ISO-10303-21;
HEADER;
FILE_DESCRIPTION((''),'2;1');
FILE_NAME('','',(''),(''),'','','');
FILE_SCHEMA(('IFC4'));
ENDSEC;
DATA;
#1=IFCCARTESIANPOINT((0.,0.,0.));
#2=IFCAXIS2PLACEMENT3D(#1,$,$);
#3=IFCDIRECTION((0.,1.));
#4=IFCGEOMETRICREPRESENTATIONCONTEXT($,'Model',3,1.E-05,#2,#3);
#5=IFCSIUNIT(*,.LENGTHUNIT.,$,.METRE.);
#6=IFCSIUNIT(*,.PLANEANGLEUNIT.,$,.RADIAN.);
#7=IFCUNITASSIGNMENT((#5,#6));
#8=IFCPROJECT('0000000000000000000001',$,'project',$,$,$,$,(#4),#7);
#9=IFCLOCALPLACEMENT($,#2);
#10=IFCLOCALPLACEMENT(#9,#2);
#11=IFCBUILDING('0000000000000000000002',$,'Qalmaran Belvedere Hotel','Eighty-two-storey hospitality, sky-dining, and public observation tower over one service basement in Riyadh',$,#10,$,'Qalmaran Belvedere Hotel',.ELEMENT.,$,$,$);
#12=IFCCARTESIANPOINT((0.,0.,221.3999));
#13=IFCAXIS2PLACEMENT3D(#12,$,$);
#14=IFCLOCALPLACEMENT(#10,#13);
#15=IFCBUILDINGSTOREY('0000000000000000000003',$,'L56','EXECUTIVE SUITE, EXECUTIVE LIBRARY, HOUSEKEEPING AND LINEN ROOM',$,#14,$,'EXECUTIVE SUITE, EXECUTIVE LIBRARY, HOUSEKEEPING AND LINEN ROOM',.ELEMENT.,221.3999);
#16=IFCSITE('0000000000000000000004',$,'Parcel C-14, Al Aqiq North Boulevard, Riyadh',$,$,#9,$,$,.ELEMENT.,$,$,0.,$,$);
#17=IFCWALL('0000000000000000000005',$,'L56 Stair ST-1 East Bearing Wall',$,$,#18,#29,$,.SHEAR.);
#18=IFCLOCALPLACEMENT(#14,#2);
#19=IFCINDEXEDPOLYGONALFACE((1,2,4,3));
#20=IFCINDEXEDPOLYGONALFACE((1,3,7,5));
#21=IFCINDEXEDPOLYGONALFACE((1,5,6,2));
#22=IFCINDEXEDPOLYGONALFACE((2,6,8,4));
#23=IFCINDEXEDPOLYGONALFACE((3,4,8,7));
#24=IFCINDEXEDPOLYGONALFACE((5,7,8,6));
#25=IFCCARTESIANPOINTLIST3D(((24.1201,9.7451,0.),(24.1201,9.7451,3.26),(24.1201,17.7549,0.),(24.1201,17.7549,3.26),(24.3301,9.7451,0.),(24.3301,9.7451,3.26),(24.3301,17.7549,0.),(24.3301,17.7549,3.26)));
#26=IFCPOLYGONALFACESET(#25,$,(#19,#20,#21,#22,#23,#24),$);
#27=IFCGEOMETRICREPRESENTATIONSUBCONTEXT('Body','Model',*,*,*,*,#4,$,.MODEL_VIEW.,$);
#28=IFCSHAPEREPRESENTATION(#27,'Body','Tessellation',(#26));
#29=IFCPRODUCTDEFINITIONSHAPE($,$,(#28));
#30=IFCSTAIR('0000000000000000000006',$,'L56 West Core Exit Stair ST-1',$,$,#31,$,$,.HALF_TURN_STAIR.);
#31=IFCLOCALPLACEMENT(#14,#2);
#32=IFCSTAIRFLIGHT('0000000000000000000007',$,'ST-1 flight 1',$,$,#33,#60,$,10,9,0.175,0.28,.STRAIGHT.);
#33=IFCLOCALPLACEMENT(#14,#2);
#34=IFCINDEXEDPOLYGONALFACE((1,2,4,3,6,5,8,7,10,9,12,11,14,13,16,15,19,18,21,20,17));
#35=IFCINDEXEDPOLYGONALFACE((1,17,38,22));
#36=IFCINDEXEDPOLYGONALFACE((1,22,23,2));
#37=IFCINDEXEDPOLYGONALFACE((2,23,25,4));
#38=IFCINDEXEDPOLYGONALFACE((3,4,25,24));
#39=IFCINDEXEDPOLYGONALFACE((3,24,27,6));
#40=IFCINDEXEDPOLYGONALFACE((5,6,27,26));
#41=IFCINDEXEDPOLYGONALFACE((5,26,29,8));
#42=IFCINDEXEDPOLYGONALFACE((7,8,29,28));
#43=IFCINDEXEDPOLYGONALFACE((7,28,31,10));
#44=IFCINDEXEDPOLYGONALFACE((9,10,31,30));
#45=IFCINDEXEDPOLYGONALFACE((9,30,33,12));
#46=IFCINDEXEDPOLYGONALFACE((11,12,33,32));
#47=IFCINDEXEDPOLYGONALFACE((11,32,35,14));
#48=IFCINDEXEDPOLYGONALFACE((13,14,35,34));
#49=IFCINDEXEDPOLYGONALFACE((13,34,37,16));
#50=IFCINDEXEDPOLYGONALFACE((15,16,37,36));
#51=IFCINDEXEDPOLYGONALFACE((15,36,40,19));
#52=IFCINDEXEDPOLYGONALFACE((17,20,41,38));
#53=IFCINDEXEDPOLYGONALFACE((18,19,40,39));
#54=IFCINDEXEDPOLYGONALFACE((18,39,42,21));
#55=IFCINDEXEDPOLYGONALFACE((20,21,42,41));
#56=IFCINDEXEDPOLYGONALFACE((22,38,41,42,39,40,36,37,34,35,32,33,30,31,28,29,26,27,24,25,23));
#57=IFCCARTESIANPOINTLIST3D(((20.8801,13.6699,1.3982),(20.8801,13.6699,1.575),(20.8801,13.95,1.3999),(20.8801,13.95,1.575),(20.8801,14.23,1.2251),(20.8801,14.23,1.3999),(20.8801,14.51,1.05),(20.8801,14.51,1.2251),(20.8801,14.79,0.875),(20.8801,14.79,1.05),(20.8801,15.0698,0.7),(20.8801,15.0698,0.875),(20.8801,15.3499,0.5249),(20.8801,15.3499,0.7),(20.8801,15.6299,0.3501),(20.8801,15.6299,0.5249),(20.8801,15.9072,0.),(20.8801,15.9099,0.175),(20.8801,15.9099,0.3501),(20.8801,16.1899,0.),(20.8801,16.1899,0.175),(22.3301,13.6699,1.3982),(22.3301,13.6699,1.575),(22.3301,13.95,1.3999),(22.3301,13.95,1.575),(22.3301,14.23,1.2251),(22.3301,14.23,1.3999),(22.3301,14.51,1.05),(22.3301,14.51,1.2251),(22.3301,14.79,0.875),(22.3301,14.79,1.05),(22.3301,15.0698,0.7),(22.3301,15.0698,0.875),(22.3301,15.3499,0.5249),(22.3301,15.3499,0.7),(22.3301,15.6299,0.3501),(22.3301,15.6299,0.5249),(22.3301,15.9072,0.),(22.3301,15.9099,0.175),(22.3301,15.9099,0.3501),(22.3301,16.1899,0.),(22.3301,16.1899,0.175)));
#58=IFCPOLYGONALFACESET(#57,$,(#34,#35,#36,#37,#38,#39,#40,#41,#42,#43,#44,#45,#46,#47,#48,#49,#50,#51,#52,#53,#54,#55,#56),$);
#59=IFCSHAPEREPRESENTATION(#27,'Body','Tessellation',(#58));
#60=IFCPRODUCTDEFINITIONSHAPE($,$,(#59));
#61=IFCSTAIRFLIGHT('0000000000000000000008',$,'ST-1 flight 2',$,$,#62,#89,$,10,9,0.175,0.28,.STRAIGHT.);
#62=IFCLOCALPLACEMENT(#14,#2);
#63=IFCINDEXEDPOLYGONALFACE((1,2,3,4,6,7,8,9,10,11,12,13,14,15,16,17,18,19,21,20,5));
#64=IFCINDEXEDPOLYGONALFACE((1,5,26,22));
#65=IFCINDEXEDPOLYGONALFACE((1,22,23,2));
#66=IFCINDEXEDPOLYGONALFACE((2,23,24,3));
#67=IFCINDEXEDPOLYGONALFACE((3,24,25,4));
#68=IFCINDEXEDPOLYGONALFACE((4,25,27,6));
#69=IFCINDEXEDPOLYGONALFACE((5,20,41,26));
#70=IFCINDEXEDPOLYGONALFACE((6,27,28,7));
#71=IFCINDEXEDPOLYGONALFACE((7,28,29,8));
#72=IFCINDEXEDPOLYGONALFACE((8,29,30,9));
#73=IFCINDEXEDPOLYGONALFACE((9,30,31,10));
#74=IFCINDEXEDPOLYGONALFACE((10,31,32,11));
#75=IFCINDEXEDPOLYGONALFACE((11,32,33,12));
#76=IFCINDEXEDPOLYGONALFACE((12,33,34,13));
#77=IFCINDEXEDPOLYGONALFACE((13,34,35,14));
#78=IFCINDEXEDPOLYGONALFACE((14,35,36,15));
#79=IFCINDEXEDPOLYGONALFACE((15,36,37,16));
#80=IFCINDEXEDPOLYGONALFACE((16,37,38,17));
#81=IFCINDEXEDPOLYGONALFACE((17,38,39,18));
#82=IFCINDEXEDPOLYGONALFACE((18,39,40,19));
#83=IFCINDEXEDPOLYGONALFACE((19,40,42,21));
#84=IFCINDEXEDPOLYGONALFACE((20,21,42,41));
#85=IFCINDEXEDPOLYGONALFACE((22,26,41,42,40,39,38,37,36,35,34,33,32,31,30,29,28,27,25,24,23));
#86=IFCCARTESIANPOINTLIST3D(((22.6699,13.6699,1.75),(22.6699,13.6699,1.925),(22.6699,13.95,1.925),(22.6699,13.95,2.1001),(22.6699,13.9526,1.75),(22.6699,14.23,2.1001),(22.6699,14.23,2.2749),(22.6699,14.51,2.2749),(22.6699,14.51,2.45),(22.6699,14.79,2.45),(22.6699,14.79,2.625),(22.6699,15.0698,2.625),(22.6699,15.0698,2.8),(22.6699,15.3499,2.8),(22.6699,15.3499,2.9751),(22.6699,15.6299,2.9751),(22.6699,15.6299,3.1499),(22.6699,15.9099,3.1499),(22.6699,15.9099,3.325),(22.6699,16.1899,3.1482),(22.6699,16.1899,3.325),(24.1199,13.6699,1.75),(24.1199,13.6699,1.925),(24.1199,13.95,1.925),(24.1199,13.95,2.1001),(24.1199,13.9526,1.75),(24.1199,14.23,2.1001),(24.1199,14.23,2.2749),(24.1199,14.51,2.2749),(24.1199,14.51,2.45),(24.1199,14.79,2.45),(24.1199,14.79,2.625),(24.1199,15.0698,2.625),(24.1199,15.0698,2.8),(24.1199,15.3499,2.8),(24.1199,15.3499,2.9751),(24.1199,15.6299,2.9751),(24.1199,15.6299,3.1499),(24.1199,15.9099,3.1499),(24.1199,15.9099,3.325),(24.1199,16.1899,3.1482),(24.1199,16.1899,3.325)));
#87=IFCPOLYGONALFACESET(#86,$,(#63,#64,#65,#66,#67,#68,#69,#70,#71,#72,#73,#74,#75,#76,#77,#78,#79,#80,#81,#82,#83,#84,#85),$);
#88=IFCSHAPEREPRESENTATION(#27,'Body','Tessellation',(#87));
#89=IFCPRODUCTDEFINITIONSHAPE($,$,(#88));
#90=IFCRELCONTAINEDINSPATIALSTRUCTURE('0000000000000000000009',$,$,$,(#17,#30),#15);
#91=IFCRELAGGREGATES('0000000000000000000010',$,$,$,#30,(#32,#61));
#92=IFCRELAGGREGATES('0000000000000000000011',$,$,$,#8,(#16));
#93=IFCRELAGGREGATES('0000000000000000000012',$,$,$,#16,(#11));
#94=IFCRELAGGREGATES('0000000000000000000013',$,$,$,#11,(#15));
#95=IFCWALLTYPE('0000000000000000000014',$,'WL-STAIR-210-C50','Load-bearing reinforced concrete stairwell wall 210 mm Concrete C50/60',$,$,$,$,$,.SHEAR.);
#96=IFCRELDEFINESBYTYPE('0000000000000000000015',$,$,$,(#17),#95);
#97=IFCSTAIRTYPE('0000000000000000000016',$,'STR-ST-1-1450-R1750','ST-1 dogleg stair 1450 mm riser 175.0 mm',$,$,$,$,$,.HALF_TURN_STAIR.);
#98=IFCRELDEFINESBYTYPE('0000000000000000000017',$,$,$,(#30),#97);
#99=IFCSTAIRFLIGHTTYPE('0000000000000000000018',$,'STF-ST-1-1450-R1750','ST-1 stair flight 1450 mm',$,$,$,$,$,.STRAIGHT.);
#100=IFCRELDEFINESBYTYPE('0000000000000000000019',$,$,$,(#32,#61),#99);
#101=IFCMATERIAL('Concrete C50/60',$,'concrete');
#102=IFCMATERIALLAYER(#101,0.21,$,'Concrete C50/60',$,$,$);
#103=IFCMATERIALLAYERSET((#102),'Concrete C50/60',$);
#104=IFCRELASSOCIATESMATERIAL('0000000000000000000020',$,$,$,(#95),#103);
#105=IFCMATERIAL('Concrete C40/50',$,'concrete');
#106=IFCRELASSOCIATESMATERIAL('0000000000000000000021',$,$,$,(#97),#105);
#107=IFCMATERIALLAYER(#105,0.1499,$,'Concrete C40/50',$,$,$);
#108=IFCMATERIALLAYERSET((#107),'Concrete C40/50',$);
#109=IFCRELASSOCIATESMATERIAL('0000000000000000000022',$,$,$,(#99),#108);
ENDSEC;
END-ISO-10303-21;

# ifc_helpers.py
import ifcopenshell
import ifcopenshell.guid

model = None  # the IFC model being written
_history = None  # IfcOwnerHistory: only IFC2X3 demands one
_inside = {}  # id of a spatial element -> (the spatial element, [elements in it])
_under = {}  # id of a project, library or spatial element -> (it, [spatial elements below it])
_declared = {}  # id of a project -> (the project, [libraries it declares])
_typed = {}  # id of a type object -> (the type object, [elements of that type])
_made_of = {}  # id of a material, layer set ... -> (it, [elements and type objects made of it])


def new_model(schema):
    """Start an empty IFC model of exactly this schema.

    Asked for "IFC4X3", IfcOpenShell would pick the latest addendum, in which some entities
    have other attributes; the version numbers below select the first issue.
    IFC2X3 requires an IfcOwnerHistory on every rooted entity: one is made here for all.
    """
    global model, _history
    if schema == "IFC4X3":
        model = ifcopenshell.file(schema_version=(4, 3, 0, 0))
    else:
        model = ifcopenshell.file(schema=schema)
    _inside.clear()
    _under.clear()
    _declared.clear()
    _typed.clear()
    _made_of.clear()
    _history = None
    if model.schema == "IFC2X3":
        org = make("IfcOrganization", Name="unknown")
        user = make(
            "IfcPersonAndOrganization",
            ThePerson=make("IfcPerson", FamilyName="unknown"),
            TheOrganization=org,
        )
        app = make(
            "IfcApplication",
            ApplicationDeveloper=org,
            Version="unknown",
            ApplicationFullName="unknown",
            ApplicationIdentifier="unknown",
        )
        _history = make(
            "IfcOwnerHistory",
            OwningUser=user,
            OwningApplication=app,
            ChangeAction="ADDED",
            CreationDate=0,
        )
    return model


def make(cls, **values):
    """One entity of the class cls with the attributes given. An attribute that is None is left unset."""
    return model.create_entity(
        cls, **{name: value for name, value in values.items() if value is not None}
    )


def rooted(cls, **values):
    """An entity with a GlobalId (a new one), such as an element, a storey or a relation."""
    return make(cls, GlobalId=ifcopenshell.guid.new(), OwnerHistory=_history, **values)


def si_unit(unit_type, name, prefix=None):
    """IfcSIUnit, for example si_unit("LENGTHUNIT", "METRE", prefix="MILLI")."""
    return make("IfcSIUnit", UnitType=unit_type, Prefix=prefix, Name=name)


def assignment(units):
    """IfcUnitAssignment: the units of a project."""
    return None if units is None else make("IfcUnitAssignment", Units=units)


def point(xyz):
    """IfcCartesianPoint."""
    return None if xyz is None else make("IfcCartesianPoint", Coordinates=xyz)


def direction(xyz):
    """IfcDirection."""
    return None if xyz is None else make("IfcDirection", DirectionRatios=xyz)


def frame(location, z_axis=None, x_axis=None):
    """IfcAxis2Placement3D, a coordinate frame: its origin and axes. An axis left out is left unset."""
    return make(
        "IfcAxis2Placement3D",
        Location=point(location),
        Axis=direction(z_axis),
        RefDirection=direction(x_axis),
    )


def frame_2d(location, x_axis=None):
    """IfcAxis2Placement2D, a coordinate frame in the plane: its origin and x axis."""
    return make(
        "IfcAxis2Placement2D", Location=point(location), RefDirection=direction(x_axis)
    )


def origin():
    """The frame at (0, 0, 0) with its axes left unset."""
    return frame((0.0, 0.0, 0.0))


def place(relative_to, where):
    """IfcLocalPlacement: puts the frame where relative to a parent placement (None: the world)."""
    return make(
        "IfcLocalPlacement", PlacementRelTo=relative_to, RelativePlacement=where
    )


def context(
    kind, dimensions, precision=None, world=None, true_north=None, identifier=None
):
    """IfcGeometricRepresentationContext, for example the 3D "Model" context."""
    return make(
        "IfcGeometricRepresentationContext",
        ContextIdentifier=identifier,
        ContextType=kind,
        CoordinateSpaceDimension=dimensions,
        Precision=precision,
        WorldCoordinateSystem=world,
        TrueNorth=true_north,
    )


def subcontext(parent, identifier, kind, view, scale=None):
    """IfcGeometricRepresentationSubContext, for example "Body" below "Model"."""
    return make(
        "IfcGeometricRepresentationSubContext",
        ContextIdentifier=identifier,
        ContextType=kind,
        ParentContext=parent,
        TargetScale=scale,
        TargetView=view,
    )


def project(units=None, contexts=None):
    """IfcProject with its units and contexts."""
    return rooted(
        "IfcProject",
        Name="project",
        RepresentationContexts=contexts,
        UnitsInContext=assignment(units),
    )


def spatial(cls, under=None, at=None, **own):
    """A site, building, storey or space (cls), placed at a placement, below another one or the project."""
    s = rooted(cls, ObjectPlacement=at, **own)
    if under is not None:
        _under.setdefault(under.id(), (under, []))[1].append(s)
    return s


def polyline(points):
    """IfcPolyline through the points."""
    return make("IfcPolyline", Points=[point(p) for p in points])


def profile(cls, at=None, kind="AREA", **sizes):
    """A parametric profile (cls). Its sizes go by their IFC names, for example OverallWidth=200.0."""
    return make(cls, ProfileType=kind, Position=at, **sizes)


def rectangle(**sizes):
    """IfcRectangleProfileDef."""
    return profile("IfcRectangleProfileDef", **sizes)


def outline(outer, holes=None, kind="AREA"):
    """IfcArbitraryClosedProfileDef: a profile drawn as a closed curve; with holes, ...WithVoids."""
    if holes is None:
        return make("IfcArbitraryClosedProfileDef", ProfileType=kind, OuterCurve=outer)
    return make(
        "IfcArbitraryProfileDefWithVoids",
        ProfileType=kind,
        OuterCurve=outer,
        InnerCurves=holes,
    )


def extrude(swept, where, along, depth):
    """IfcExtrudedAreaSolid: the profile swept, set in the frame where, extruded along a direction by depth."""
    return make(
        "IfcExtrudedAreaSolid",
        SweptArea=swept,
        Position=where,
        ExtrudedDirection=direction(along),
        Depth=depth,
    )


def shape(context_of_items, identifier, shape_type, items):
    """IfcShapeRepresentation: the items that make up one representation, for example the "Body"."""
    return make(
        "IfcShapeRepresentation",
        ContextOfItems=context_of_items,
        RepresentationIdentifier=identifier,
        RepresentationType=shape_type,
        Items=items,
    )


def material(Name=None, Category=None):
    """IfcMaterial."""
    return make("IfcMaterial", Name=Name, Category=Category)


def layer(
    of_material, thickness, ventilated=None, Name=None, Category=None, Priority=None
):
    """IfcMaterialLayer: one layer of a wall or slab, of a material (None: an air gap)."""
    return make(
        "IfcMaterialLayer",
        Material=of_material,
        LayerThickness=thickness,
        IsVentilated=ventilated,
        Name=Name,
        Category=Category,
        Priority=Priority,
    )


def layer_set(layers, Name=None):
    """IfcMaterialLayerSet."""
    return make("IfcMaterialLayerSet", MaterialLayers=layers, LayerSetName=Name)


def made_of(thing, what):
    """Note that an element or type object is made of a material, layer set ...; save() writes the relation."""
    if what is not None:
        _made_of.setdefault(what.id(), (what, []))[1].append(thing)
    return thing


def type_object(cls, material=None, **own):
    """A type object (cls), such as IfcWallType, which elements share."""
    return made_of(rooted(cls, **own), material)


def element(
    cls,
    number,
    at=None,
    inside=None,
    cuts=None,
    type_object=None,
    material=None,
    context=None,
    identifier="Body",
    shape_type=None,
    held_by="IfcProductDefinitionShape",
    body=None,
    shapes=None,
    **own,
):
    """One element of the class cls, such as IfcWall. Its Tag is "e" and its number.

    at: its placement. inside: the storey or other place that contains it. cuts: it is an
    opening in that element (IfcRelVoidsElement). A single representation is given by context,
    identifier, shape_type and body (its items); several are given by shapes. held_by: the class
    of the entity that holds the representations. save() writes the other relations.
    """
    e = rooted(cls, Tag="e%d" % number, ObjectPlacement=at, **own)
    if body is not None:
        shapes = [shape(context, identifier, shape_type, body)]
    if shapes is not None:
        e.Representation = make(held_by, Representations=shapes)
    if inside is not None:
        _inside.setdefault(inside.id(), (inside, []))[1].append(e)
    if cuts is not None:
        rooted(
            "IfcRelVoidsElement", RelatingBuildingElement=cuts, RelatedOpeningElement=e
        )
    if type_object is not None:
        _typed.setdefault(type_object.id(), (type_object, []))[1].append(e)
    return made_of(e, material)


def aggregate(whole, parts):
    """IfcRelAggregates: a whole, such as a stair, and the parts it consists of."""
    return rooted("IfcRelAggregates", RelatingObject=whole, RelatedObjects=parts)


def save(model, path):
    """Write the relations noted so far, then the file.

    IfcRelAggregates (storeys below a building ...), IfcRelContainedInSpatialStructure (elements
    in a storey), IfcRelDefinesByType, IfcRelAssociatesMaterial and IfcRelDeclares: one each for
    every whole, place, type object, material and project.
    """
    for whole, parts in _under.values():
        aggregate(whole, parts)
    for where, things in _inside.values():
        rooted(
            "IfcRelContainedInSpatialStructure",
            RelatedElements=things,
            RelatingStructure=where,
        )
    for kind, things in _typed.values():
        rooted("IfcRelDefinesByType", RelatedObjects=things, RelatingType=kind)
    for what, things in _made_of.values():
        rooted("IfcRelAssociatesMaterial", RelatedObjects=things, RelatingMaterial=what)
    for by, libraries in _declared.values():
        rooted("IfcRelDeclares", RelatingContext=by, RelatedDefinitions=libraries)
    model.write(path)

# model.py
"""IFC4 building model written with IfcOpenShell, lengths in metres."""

from ifc_helpers import new_model, si_unit, direction, frame, frame_2d, origin, place, context, subcontext, project, spatial, polyline, rectangle, outline, extrude, material, layer, layer_set, type_object, element, aggregate, save


model = new_model("IFC4")

# Units and contexts
model_context = context("Model", 3, precision=1e-05, world=origin(), true_north=direction((0.0, 1.0)))
body_context = subcontext(model_context, "Body", "Model", "MODEL_VIEW")
ifc_project = project(units=[si_unit("LENGTHUNIT", "METRE"), si_unit("PLANEANGLEUNIT", "RADIAN")], contexts=[model_context])

# Site, building, storey
site_placement = place(None, origin())
site = spatial("IfcSite", under=ifc_project, at=site_placement, Name="Parcel C-14, Al Aqiq North Boulevard, Riyadh", CompositionType="ELEMENT", RefElevation=0.0)
building_placement = place(site_placement, origin())
building = spatial("IfcBuilding", under=site, at=building_placement, Name="Qalmaran Belvedere Hotel", Description="Eighty-two-storey hospitality, sky-dining, and public observation tower over one service basement in Riyadh", LongName="Qalmaran Belvedere Hotel", CompositionType="ELEMENT")
storey_placement = place(building_placement, frame((0.0, 0.0, 221.3999)))
storey = spatial("IfcBuildingStorey", under=building, at=storey_placement, Name="L56", Description="EXECUTIVE SUITE, EXECUTIVE LIBRARY, HOUSEKEEPING AND LINEN ROOM", LongName="EXECUTIVE SUITE, EXECUTIVE LIBRARY, HOUSEKEEPING AND LINEN ROOM", CompositionType="ELEMENT", Elevation=221.3999)

# Shared definitions
ifc_material_1 = material(Name="Concrete C50/60", Category="concrete")

# Wall
ifc_layer_1 = layer(ifc_material_1, 0.21, Name="Concrete C50/60")
ifc_layer_set_1 = layer_set([ifc_layer_1], Name="Concrete C50/60")
wall_type_1 = type_object("IfcWallType", Name="WL-STAIR-210-C50", Description="Load-bearing reinforced concrete stairwell wall 210 mm Concrete C50/60", PredefinedType="SHEAR", material=ifc_layer_set_1)
wall_1_placement = place(storey_placement, frame((24.2251, 9.7451, 0.0), z_axis=(0.0, 0.0, 1.0), x_axis=(0.0, 1.0, 0.0)))
element("IfcWall", 1, at=wall_1_placement, inside=storey, type_object=wall_type_1, Name="L56 Stair ST-1 East Bearing Wall", PredefinedType="SHEAR", context=body_context, shape_type="SweptSolid", body=[
    extrude(rectangle(XDim=8.0098, YDim=0.21, at=frame_2d((4.0049, 0.0))), origin(), (0.0, 0.0, 1.0), 3.26),
])

# Stair, stair flights
ifc_material_2 = material(Name="Concrete C40/50", Category="concrete")
stair_type = type_object("IfcStairType", Name="STR-ST-1-1450-R1750", Description="ST-1 dogleg stair 1450 mm riser 175.0 mm", PredefinedType="HALF_TURN_STAIR", material=ifc_material_2)
stair_placement = place(storey_placement, origin())
stair = element("IfcStair", 2, at=stair_placement, inside=storey, type_object=stair_type, Name="L56 West Core Exit Stair ST-1", PredefinedType="HALF_TURN_STAIR")
ifc_layer_2 = layer(ifc_material_2, 0.1499, Name="Concrete C40/50")
ifc_layer_set_2 = layer_set([ifc_layer_2], Name="Concrete C40/50")
stair_flight_type = type_object("IfcStairFlightType", Name="STF-ST-1-1450-R1750", Description="ST-1 stair flight 1450 mm", PredefinedType="STRAIGHT", material=ifc_layer_set_2)
stair_flight_1_placement = place(storey_placement, frame((21.605, 16.1899, 0.0), z_axis=(0.0, 0.0, 1.0), x_axis=(0.0, -1.0, 0.0)))
stair_flight_1 = element("IfcStairFlight", 3, at=stair_flight_1_placement, type_object=stair_flight_type, Name="ST-1 flight 1", NumberOfRisers=10, NumberOfTreads=9, PredefinedType="STRAIGHT", RiserHeight=0.175, TreadLength=0.28, context=body_context, shape_type="SweptSolid", body=[
    extrude(outline(polyline([(0.0, 0.0), (0.0, 0.175), (0.28, 0.175), (0.28, 0.3501), (0.5601, 0.3501), (0.5601, 0.5249), (0.8401, 0.5249), (0.8401, 0.7), (1.1201, 0.7), (1.1201, 0.875), (1.3999, 0.875), (1.3999, 1.05), (1.6799, 1.05), (1.6799, 1.2251), (1.96, 1.2251), (1.96, 1.3999), (2.24, 1.3999), (2.24, 1.575), (2.52, 1.575), (2.52, 1.75), (2.52, 1.3982), (0.2827, 0.0), (0.0, 0.0)])), frame((0.0, 0.7251, 0.0), z_axis=(0.0, -1.0, 0.0), x_axis=(1.0, 0.0, 0.0)), (0.0, 0.0, 1.0), 1.45),
])
stair_flight_2_placement = place(storey_placement, frame((23.395, 13.6699, 1.75), z_axis=(0.0, 0.0, 1.0), x_axis=(0.0, 1.0, 0.0)))
stair_flight_2 = element("IfcStairFlight", 4, at=stair_flight_2_placement, type_object=stair_flight_type, Name="ST-1 flight 2", NumberOfRisers=10, NumberOfTreads=9, PredefinedType="STRAIGHT", RiserHeight=0.175, TreadLength=0.28, context=body_context, shape_type="SweptSolid", body=[
    extrude(outline(polyline([(0.0, 0.0), (0.0, 0.175), (0.28, 0.175), (0.28, 0.3501), (0.5601, 0.3501), (0.5601, 0.5249), (0.8401, 0.5249), (0.8401, 0.7), (1.1201, 0.7), (1.1201, 0.875), (1.3999, 0.875), (1.3999, 1.05), (1.6799, 1.05), (1.6799, 1.2251), (1.96, 1.2251), (1.96, 1.3999), (2.24, 1.3999), (2.24, 1.575), (2.52, 1.575), (2.52, 1.75), (2.52, 1.3982), (0.2827, 0.0), (0.0, 0.0)])), frame((0.0, 0.7251, 0.0), z_axis=(0.0, -1.0, 0.0), x_axis=(1.0, 0.0, 0.0)), (0.0, 0.0, 1.0), 1.45),
])
aggregate(stair, [stair_flight_1, stair_flight_2])

save(model, "model.ifc")
